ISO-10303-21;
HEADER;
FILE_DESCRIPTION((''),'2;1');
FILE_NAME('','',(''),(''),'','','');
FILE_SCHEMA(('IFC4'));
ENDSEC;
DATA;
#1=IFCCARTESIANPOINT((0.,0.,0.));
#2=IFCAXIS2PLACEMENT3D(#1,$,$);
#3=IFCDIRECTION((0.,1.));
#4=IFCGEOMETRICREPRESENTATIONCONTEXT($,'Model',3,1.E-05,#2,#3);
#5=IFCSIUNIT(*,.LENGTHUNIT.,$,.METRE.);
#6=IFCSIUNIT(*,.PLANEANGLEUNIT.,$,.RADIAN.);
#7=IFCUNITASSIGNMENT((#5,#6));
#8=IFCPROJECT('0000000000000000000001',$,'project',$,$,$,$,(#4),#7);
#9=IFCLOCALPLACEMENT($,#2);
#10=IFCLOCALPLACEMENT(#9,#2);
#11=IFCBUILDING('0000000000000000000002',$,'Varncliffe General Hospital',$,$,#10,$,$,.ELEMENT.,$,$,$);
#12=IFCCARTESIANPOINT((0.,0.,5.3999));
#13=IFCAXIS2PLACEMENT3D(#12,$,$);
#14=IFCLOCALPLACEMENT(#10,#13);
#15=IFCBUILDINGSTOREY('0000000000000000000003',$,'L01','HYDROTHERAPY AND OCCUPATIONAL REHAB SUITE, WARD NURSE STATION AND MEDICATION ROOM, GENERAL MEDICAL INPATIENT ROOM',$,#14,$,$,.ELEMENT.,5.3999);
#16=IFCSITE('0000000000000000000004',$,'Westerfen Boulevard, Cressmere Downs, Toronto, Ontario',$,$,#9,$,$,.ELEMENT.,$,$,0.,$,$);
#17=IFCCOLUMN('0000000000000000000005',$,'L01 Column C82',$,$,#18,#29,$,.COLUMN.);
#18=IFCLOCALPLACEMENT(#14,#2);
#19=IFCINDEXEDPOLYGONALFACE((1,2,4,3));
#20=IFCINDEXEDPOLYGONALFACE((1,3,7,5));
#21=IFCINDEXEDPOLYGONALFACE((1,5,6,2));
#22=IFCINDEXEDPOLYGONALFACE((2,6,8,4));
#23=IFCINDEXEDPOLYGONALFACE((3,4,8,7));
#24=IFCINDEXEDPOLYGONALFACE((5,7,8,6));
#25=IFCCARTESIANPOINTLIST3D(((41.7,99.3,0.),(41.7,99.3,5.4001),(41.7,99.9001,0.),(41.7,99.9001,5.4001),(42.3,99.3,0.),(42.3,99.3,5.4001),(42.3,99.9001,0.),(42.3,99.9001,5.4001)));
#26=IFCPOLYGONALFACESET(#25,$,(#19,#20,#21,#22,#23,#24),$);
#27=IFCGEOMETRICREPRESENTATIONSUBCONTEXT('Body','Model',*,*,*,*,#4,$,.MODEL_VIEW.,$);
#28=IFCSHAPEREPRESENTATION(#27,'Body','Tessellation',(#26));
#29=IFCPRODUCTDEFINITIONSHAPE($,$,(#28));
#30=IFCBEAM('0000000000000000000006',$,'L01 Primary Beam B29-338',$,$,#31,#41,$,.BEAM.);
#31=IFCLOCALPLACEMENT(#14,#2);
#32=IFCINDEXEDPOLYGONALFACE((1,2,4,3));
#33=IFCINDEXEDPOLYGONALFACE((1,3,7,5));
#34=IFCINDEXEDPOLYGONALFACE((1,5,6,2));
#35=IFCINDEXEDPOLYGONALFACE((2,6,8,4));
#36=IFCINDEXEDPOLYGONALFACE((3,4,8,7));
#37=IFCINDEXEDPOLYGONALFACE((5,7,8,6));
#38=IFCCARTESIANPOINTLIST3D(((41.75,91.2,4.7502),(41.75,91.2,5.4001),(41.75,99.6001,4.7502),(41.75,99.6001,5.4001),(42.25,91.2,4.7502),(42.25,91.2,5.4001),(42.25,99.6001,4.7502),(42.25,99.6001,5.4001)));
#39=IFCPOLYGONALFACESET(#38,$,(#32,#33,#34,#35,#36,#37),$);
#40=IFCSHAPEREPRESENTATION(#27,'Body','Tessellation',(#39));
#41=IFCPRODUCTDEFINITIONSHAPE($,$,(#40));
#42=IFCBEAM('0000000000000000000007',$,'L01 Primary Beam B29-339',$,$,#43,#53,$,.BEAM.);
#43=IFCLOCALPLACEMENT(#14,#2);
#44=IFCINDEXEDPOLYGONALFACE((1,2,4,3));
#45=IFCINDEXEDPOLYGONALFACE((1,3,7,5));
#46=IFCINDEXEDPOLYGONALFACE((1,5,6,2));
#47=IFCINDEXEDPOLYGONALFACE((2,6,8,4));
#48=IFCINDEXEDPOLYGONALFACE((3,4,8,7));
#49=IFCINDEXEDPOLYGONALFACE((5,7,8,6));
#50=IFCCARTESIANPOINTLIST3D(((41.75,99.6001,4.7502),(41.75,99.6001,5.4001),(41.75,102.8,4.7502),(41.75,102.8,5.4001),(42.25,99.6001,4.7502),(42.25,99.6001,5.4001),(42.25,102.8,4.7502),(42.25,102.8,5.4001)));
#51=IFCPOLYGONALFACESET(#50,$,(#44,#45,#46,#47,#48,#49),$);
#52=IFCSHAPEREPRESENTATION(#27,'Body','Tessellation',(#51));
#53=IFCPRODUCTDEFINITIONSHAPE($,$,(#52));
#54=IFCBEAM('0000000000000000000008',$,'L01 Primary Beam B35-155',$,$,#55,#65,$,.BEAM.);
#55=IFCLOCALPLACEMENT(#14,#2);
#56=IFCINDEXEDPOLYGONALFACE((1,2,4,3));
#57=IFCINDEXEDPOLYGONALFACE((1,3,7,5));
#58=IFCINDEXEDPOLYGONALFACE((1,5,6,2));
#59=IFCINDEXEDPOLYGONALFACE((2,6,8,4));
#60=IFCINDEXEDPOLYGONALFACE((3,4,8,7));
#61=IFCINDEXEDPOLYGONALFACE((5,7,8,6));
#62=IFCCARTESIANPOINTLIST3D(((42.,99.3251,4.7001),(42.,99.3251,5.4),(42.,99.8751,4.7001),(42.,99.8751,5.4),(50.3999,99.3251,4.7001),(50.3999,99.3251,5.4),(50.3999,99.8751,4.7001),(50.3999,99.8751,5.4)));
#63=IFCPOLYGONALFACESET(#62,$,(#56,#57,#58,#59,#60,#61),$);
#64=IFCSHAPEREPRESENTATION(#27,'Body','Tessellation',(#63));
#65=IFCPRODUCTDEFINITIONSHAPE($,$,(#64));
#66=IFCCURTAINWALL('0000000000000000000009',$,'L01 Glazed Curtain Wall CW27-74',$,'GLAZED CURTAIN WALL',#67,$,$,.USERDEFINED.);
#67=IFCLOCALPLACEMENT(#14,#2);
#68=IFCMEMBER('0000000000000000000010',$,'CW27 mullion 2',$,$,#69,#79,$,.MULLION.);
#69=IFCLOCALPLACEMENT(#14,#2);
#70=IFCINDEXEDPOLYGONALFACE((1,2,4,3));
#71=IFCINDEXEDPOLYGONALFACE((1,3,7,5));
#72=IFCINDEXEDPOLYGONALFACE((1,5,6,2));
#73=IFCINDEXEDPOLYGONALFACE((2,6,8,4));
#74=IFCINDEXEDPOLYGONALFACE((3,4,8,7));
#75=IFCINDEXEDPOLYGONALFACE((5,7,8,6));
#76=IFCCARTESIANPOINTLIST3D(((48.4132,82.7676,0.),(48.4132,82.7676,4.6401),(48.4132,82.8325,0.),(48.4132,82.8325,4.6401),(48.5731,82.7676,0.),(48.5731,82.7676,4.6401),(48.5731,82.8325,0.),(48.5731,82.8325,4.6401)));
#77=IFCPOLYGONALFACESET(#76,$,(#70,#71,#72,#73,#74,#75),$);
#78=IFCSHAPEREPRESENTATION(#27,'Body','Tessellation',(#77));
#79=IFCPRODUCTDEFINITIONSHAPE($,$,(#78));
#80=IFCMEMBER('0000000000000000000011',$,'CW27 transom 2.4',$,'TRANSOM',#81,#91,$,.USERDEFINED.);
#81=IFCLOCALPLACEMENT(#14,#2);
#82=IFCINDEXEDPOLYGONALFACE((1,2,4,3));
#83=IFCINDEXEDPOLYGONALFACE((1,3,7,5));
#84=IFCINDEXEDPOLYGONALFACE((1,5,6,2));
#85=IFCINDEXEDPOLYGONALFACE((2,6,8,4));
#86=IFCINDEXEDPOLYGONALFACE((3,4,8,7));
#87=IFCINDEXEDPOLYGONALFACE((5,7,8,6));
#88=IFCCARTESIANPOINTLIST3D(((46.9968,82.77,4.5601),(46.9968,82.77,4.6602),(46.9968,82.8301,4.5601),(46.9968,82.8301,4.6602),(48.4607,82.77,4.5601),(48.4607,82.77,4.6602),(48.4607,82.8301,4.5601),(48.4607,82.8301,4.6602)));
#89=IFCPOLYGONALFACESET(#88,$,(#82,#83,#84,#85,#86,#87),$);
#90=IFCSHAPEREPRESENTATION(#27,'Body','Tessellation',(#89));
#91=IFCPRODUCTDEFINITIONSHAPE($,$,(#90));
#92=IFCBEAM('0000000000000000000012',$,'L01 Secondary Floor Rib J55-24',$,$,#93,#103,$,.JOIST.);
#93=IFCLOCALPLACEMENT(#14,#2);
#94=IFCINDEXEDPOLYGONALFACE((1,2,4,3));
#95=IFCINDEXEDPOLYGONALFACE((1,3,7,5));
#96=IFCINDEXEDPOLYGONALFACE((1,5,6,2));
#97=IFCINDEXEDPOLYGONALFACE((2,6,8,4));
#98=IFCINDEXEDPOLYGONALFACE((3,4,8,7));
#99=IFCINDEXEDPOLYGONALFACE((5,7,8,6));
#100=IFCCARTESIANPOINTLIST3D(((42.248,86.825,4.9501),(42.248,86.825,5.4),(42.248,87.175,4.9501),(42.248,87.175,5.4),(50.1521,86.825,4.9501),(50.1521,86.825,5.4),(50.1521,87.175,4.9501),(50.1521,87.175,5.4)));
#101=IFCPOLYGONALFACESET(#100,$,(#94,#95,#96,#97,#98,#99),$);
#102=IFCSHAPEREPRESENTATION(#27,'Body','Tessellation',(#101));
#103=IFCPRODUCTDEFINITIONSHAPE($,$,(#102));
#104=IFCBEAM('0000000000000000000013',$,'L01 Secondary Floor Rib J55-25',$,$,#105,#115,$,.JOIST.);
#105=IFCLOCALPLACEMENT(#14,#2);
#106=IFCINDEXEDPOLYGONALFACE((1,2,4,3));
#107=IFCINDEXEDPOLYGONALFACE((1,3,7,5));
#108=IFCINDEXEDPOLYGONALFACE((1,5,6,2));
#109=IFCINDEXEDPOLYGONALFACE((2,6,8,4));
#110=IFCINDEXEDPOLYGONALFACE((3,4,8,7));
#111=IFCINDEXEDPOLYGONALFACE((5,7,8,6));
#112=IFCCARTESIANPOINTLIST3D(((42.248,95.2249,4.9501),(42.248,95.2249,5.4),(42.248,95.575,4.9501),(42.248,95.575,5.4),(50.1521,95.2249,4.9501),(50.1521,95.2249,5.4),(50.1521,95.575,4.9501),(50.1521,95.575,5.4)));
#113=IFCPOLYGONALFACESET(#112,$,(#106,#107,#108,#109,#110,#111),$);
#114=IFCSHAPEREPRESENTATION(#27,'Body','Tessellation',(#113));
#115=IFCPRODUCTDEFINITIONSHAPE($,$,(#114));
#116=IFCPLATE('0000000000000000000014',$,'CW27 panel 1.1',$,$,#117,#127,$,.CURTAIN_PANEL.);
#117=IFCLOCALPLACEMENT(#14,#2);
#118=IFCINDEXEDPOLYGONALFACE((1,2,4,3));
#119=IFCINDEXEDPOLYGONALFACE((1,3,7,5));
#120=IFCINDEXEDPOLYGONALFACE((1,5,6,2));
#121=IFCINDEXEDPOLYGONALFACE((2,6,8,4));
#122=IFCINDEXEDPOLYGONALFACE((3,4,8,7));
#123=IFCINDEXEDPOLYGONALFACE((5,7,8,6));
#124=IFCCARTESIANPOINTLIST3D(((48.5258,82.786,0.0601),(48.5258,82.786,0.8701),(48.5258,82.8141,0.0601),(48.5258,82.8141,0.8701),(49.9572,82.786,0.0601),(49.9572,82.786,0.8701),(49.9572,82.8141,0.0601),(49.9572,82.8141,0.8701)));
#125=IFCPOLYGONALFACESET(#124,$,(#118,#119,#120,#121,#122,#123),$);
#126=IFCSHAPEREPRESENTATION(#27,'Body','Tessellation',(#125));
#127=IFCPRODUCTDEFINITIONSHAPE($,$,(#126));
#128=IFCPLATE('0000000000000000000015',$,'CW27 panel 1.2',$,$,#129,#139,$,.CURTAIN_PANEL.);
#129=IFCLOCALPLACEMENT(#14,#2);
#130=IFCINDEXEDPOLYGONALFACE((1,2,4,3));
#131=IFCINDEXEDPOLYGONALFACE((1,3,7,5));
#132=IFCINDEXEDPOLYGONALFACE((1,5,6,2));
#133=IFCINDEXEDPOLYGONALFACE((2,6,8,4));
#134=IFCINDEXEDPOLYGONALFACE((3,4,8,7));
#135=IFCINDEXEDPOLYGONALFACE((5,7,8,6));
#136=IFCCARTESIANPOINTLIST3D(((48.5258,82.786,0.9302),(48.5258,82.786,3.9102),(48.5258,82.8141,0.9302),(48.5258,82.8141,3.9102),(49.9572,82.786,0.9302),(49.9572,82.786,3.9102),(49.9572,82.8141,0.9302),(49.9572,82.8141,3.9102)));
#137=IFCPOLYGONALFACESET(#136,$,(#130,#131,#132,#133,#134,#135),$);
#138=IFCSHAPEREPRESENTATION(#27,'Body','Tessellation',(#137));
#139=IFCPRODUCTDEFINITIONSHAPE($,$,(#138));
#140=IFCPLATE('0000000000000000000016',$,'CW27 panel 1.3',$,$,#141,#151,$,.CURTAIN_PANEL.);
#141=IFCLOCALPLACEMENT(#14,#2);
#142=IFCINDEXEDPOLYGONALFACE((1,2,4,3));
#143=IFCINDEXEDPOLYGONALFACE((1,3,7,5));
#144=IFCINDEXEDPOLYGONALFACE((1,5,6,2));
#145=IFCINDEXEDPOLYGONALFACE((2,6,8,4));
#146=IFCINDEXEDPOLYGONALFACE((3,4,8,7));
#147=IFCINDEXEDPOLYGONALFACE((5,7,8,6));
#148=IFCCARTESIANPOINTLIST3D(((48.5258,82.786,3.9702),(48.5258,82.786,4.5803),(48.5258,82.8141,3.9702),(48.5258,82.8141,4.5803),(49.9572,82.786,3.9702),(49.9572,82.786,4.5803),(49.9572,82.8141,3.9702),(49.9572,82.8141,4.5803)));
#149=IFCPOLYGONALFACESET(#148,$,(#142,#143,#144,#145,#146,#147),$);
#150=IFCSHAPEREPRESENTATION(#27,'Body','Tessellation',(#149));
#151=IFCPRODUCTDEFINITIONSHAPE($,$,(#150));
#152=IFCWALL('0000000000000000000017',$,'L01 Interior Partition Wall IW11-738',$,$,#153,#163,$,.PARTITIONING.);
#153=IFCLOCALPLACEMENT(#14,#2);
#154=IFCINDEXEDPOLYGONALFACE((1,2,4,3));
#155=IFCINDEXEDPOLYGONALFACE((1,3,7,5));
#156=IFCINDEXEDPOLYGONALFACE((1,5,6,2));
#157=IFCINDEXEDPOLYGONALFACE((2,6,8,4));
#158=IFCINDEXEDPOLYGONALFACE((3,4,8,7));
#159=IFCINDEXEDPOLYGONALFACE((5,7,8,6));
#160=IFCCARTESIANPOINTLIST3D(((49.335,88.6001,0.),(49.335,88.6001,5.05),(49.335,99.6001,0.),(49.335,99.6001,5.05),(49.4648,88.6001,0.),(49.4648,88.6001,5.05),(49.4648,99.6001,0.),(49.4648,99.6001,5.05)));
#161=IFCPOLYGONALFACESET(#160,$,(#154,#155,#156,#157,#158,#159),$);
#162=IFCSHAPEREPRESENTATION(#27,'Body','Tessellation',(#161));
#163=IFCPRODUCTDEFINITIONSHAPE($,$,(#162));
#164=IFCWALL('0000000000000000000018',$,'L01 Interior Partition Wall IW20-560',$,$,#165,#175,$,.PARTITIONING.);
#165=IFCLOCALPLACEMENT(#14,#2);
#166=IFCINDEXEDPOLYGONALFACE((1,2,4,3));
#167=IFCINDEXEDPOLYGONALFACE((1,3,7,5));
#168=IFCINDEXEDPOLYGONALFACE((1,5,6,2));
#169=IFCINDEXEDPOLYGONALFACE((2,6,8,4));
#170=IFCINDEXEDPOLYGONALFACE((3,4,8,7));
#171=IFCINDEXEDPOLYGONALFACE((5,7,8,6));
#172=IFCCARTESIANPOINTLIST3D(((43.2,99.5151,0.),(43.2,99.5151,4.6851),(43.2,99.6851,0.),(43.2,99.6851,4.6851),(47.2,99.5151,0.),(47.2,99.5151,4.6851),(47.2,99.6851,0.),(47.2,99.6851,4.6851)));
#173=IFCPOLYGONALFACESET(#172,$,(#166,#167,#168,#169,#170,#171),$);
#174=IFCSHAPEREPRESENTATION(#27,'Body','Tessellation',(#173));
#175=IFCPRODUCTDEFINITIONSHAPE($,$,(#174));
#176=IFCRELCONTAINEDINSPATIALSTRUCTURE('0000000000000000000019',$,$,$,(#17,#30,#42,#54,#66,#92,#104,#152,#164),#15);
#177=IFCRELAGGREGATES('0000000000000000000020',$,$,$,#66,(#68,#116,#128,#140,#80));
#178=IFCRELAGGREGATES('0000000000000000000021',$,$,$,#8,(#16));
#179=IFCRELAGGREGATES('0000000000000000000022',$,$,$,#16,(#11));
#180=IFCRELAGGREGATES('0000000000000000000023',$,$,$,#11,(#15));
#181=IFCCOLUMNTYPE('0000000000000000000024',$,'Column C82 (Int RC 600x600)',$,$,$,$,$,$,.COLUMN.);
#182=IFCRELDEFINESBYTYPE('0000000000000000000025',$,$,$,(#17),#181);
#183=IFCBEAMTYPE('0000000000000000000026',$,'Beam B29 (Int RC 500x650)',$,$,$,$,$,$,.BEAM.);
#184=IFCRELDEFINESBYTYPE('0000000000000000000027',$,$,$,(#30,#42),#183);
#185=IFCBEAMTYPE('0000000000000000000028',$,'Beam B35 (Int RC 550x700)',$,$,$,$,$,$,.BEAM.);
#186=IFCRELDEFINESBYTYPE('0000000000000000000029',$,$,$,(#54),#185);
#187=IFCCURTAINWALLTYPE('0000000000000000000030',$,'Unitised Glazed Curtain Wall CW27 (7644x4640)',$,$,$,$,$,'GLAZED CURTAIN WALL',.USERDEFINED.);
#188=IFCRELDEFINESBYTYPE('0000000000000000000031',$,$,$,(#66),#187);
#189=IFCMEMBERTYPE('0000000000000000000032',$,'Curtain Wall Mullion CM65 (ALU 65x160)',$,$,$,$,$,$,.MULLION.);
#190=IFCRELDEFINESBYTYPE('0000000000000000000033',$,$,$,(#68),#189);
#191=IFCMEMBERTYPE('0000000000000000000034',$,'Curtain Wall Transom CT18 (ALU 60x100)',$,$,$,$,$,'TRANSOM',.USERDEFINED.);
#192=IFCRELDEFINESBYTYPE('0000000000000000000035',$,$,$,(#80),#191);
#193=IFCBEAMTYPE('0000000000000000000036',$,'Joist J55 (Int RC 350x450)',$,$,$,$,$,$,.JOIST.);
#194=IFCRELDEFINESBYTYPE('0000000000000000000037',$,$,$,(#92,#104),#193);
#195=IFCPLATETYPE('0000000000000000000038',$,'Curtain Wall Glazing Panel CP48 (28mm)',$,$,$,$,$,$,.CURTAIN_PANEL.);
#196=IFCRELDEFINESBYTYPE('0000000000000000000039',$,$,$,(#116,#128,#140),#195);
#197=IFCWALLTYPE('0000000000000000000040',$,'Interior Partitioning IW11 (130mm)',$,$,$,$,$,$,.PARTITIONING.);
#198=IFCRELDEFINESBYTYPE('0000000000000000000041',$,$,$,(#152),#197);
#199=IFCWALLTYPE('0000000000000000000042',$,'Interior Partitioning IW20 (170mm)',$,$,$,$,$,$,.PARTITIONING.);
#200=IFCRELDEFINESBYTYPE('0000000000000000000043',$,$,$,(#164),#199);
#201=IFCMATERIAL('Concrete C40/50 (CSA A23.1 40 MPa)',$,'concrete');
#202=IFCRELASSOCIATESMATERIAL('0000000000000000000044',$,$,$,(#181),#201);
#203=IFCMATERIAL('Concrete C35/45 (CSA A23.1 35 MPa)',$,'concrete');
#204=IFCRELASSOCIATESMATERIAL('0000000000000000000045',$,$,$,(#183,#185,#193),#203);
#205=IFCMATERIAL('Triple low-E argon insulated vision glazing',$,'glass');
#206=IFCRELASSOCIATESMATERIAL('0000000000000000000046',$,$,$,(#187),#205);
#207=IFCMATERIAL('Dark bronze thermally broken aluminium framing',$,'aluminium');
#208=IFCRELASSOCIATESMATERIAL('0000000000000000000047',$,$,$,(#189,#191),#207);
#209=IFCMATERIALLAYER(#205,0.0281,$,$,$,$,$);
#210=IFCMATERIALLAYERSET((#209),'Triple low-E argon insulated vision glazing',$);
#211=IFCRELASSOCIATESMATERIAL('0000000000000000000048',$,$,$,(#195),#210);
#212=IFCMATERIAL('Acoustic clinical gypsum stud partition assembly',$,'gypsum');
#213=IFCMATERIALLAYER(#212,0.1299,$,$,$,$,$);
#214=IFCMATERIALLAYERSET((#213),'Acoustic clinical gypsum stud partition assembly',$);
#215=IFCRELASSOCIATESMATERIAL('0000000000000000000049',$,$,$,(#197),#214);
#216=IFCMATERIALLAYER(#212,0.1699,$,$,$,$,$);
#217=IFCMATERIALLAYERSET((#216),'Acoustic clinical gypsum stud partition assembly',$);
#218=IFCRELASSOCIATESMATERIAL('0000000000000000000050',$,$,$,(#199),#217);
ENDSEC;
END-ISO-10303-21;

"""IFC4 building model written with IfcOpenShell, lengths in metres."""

from ifc_helpers import new_model, si_unit, direction, frame, frame_2d, origin, origin_2d, place, context, subcontext, project, spatial, rectangle, extrude, material, layer, layer_set, material_profile, profile_set, type_object, element, aggregate, save


model = new_model("IFC4")

# Units and contexts
model_context = context("Model", 3, precision=1e-05, world=origin(), true_north=direction((0.0, 1.0)))
body_context = subcontext(model_context, "Body", "Model", "MODEL_VIEW")
ifc_project = project(units=[si_unit("LENGTHUNIT", "METRE"), si_unit("PLANEANGLEUNIT", "RADIAN")], contexts=[model_context])

# Site, building, storey
site_placement = place(None, origin())
site = spatial("IfcSite", under=ifc_project, at=site_placement, Name="Westerfen Boulevard, Cressmere Downs, Toronto, Ontario", CompositionType="ELEMENT", RefElevation=0.0)
building_placement = place(site_placement, origin())
building = spatial("IfcBuilding", under=site, at=building_placement, Name="Varncliffe General Hospital", CompositionType="ELEMENT")
storey_placement = place(building_placement, frame((0.0, 0.0, 5.3999)))
storey = spatial("IfcBuildingStorey", under=building, at=storey_placement, Name="L01", Description="HYDROTHERAPY AND OCCUPATIONAL REHAB SUITE, WARD NURSE STATION AND MEDICATION ROOM, GENERAL MEDICAL INPATIENT ROOM", CompositionType="ELEMENT", Elevation=5.3999)

# Column
ifc_material_1 = material(Name="Concrete C40/50 (CSA A23.1 40 MPa)", Category="concrete")
ifc_material_profile_1 = material_profile(ifc_material_1, rectangle(XDim=0.6001, YDim=0.6001, at=origin_2d()), Name="RC 600x600")
ifc_profile_set_1 = profile_set([ifc_material_profile_1], Name="Concrete C40/50 (CSA A23.1 40 MPa)")
column_type = type_object("IfcColumnType", Name="Column C82 (Int RC 600x600)", PredefinedType="COLUMN", material=ifc_profile_set_1)
column_placement = place(storey_placement, frame((42.0, 99.6001, 0.0), z_axis=(0.0, 0.0, 1.0), x_axis=(1.0, 0.0, 0.0)))
element("IfcColumn", 1, at=column_placement, inside=storey, type_object=column_type, Name="L01 Column C82", PredefinedType="COLUMN", context=body_context, shape_type="SweptSolid", body=[
    extrude(rectangle(XDim=0.6001, YDim=0.6001, at=origin_2d()), origin(), (0.0, 0.0, 1.0), 5.4001),
])

# Beams
ifc_material_2 = material(Name="Concrete C35/45 (CSA A23.1 35 MPa)", Category="concrete")
ifc_material_profile_2 = material_profile(ifc_material_2, rectangle(XDim=0.5, YDim=0.6499, at=origin_2d()), Name="RC 500x650")
ifc_profile_set_2 = profile_set([ifc_material_profile_2], Name="Concrete C35/45 (CSA A23.1 35 MPa)")
beam_type_1 = type_object("IfcBeamType", Name="Beam B29 (Int RC 500x650)", PredefinedType="BEAM", material=ifc_profile_set_2)
beam_1_placement = place(storey_placement, frame((42.0, 91.2, 5.0752), z_axis=(0.0, 1.0, 0.0), x_axis=(-1.0, 0.0, 0.0)))
element("IfcBeam", 2, at=beam_1_placement, inside=storey, type_object=beam_type_1, Name="L01 Primary Beam B29-338", PredefinedType="BEAM", context=body_context, shape_type="SweptSolid", body=[
    extrude(rectangle(XDim=0.5, YDim=0.6499, at=origin_2d()), origin(), (0.0, 0.0, 1.0), 8.4001),
])
beam_2_placement = place(storey_placement, frame((42.0, 99.6001, 5.0752), z_axis=(0.0, 1.0, 0.0), x_axis=(-1.0, 0.0, 0.0)))
element("IfcBeam", 3, at=beam_2_placement, inside=storey, type_object=beam_type_1, Name="L01 Primary Beam B29-339", PredefinedType="BEAM", context=body_context, shape_type="SweptSolid", body=[
    extrude(rectangle(XDim=0.5, YDim=0.6499, at=origin_2d()), origin(), (0.0, 0.0, 1.0), 3.2),
])
ifc_material_profile_3 = material_profile(ifc_material_2, rectangle(XDim=0.55, YDim=0.7, at=origin_2d()), Name="RC 550x700")
ifc_profile_set_3 = profile_set([ifc_material_profile_3], Name="Concrete C35/45 (CSA A23.1 35 MPa)")
beam_type_2 = type_object("IfcBeamType", Name="Beam B35 (Int RC 550x700)", PredefinedType="BEAM", material=ifc_profile_set_3)
beam_3_placement = place(storey_placement, frame((42.0, 99.6001, 5.05), z_axis=(1.0, 0.0, 0.0), x_axis=(0.0, 1.0, 0.0)))
element("IfcBeam", 4, at=beam_3_placement, inside=storey, type_object=beam_type_2, Name="L01 Primary Beam B35-155", PredefinedType="BEAM", context=body_context, shape_type="SweptSolid", body=[
    extrude(rectangle(XDim=0.55, YDim=0.7, at=origin_2d()), origin(), (0.0, 0.0, 1.0), 8.3999),
])

# Curtain wall, members
ifc_material_3 = material(Name="Triple low-E argon insulated vision glazing", Category="glass")
curtain_wall_type = type_object("IfcCurtainWallType", Name="Unitised Glazed Curtain Wall CW27 (7644x4640)", ElementType="GLAZED CURTAIN WALL", PredefinedType="USERDEFINED", material=ifc_material_3)
curtain_wall_placement = place(storey_placement, origin())
curtain_wall = element("IfcCurtainWall", 5, at=curtain_wall_placement, inside=storey, type_object=curtain_wall_type, Name="L01 Glazed Curtain Wall CW27-74", ObjectType="GLAZED CURTAIN WALL", PredefinedType="USERDEFINED")
ifc_material_4 = material(Name="Dark bronze thermally broken aluminium framing", Category="aluminium")
ifc_material_profile_4 = material_profile(ifc_material_4, rectangle(XDim=0.0649, YDim=0.1599, at=origin_2d()), Name="ALU 65x160")
ifc_profile_set_4 = profile_set([ifc_material_profile_4], Name="Dark bronze thermally broken aluminium framing")
member_type_1 = type_object("IfcMemberType", Name="Curtain Wall Mullion CM65 (ALU 65x160)", PredefinedType="MULLION", material=ifc_profile_set_4)
member_1_placement = place(storey_placement, frame((48.4932, 82.8, 0.0), z_axis=(0.0, 0.0, 1.0), x_axis=(0.0, -1.0, 0.0)))
member_1 = element("IfcMember", 6, at=member_1_placement, type_object=member_type_1, Name="CW27 mullion 2", PredefinedType="MULLION", context=body_context, shape_type="SweptSolid", body=[
    extrude(rectangle(XDim=0.0649, YDim=0.1599, at=origin_2d()), origin(), (0.0, 0.0, 1.0), 4.6401),
])
ifc_material_profile_5 = material_profile(ifc_material_4, rectangle(XDim=0.0601, YDim=0.1001, at=origin_2d()), Name="ALU 60x100")
ifc_profile_set_5 = profile_set([ifc_material_profile_5], Name="Dark bronze thermally broken aluminium framing")
member_type_2 = type_object("IfcMemberType", Name="Curtain Wall Transom CT18 (ALU 60x100)", ElementType="TRANSOM", PredefinedType="USERDEFINED", material=ifc_profile_set_5)
member_2_placement = place(storey_placement, frame((48.4607, 82.8, 4.6101), z_axis=(-1.0, 0.0, 0.0), x_axis=(0.0, -1.0, 0.0)))
member_2 = element("IfcMember", 7, at=member_2_placement, type_object=member_type_2, Name="CW27 transom 2.4", ObjectType="TRANSOM", PredefinedType="USERDEFINED", context=body_context, shape_type="SweptSolid", body=[
    extrude(rectangle(XDim=0.0601, YDim=0.1001, at=origin_2d()), origin(), (0.0, 0.0, 1.0), 1.4639),
])

# Beams
ifc_material_profile_6 = material_profile(ifc_material_2, rectangle(XDim=0.3501, YDim=0.45, at=origin_2d()), Name="RC 350x450")
ifc_profile_set_6 = profile_set([ifc_material_profile_6], Name="Concrete C35/45 (CSA A23.1 35 MPa)")
beam_type_3 = type_object("IfcBeamType", Name="Joist J55 (Int RC 350x450)", PredefinedType="JOIST", material=ifc_profile_set_6)
for number, where, z_axis, x_axis, name in (
    (8, (42.248, 87.0, 5.175), (1.0, 0.0, 0.0), (0.0, 1.0, 0.0), "L01 Secondary Floor Rib J55-24"),
    (9, (42.248, 95.3999, 5.175), (1.0, 0.0, 0.0), (0.0, 1.0, 0.0), "L01 Secondary Floor Rib J55-25"),
):
    element("IfcBeam", number, at=place(storey_placement, frame(where, z_axis=z_axis, x_axis=x_axis)), inside=storey, type_object=beam_type_3, Name=name, PredefinedType="JOIST", context=body_context, shape_type="SweptSolid", body=[
        extrude(rectangle(XDim=0.3501, YDim=0.45, at=origin_2d()), origin(), (0.0, 0.0, 1.0), 7.9041),
    ])

# Plates
ifc_layer_1 = layer(ifc_material_3, 0.0281)
ifc_layer_set_1 = layer_set([ifc_layer_1], Name="Triple low-E argon insulated vision glazing")
plate_type = type_object("IfcPlateType", Name="Curtain Wall Glazing Panel CP48 (28mm)", PredefinedType="CURTAIN_PANEL", material=ifc_layer_set_1)
plate_1_placement = place(storey_placement, frame((49.2415, 82.8, 0.0601), z_axis=(0.0, 0.0, 1.0), x_axis=(-1.0, 0.0, 0.0)))
plate_1 = element("IfcPlate", 10, at=plate_1_placement, type_object=plate_type, Name="CW27 panel 1.1", PredefinedType="CURTAIN_PANEL", context=body_context, shape_type="SweptSolid", body=[
    extrude(rectangle(XDim=1.4314, YDim=0.0281, at=origin_2d()), origin(), (0.0, 0.0, 1.0), 0.8101),
])
plate_2_placement = place(storey_placement, frame((49.2415, 82.8, 0.9302), z_axis=(0.0, 0.0, 1.0), x_axis=(-1.0, 0.0, 0.0)))
plate_2 = element("IfcPlate", 11, at=plate_2_placement, type_object=plate_type, Name="CW27 panel 1.2", PredefinedType="CURTAIN_PANEL", context=body_context, shape_type="SweptSolid", body=[
    extrude(rectangle(XDim=1.4314, YDim=0.0281, at=origin_2d()), origin(), (0.0, 0.0, 1.0), 2.98),
])
plate_3_placement = place(storey_placement, frame((49.2415, 82.8, 3.9702), z_axis=(0.0, 0.0, 1.0), x_axis=(-1.0, 0.0, 0.0)))
plate_3 = element("IfcPlate", 12, at=plate_3_placement, type_object=plate_type, Name="CW27 panel 1.3", PredefinedType="CURTAIN_PANEL", context=body_context, shape_type="SweptSolid", body=[
    extrude(rectangle(XDim=1.4314, YDim=0.0281, at=origin_2d()), origin(), (0.0, 0.0, 1.0), 0.6101),
])
aggregate(curtain_wall, [member_1, plate_1, plate_2, plate_3, member_2])

# Walls
ifc_material_5 = material(Name="Acoustic clinical gypsum stud partition assembly", Category="gypsum")
ifc_layer_2 = layer(ifc_material_5, 0.1299)
ifc_layer_set_2 = layer_set([ifc_layer_2], Name="Acoustic clinical gypsum stud partition assembly")
wall_type_1 = type_object("IfcWallType", Name="Interior Partitioning IW11 (130mm)", PredefinedType="PARTITIONING", material=ifc_layer_set_2)
wall_1_placement = place(storey_placement, frame((49.3999, 88.6001, 0.0), z_axis=(0.0, 0.0, 1.0), x_axis=(0.0, 1.0, 0.0)))
element("IfcWall", 13, at=wall_1_placement, inside=storey, type_object=wall_type_1, Name="L01 Interior Partition Wall IW11-738", PredefinedType="PARTITIONING", context=body_context, shape_type="SweptSolid", body=[
    extrude(rectangle(XDim=11.0, YDim=0.1299, at=frame_2d((5.5, 0.0))), origin(), (0.0, 0.0, 1.0), 5.05),
])
ifc_layer_3 = layer(ifc_material_5, 0.1699)
ifc_layer_set_3 = layer_set([ifc_layer_3], Name="Acoustic clinical gypsum stud partition assembly")
wall_type_2 = type_object("IfcWallType", Name="Interior Partitioning IW20 (170mm)", PredefinedType="PARTITIONING", material=ifc_layer_set_3)
wall_2_placement = place(storey_placement, frame((43.2, 99.6001, 0.0), z_axis=(0.0, 0.0, 1.0), x_axis=(1.0, 0.0, 0.0)))
element("IfcWall", 14, at=wall_2_placement, inside=storey, type_object=wall_type_2, Name="L01 Interior Partition Wall IW20-560", PredefinedType="PARTITIONING", context=body_context, shape_type="SweptSolid", body=[
    extrude(rectangle(XDim=4.0, YDim=0.1699, at=frame_2d((2.0, 0.0))), origin(), (0.0, 0.0, 1.0), 4.6851),
])

save(model, "model.ifc")
